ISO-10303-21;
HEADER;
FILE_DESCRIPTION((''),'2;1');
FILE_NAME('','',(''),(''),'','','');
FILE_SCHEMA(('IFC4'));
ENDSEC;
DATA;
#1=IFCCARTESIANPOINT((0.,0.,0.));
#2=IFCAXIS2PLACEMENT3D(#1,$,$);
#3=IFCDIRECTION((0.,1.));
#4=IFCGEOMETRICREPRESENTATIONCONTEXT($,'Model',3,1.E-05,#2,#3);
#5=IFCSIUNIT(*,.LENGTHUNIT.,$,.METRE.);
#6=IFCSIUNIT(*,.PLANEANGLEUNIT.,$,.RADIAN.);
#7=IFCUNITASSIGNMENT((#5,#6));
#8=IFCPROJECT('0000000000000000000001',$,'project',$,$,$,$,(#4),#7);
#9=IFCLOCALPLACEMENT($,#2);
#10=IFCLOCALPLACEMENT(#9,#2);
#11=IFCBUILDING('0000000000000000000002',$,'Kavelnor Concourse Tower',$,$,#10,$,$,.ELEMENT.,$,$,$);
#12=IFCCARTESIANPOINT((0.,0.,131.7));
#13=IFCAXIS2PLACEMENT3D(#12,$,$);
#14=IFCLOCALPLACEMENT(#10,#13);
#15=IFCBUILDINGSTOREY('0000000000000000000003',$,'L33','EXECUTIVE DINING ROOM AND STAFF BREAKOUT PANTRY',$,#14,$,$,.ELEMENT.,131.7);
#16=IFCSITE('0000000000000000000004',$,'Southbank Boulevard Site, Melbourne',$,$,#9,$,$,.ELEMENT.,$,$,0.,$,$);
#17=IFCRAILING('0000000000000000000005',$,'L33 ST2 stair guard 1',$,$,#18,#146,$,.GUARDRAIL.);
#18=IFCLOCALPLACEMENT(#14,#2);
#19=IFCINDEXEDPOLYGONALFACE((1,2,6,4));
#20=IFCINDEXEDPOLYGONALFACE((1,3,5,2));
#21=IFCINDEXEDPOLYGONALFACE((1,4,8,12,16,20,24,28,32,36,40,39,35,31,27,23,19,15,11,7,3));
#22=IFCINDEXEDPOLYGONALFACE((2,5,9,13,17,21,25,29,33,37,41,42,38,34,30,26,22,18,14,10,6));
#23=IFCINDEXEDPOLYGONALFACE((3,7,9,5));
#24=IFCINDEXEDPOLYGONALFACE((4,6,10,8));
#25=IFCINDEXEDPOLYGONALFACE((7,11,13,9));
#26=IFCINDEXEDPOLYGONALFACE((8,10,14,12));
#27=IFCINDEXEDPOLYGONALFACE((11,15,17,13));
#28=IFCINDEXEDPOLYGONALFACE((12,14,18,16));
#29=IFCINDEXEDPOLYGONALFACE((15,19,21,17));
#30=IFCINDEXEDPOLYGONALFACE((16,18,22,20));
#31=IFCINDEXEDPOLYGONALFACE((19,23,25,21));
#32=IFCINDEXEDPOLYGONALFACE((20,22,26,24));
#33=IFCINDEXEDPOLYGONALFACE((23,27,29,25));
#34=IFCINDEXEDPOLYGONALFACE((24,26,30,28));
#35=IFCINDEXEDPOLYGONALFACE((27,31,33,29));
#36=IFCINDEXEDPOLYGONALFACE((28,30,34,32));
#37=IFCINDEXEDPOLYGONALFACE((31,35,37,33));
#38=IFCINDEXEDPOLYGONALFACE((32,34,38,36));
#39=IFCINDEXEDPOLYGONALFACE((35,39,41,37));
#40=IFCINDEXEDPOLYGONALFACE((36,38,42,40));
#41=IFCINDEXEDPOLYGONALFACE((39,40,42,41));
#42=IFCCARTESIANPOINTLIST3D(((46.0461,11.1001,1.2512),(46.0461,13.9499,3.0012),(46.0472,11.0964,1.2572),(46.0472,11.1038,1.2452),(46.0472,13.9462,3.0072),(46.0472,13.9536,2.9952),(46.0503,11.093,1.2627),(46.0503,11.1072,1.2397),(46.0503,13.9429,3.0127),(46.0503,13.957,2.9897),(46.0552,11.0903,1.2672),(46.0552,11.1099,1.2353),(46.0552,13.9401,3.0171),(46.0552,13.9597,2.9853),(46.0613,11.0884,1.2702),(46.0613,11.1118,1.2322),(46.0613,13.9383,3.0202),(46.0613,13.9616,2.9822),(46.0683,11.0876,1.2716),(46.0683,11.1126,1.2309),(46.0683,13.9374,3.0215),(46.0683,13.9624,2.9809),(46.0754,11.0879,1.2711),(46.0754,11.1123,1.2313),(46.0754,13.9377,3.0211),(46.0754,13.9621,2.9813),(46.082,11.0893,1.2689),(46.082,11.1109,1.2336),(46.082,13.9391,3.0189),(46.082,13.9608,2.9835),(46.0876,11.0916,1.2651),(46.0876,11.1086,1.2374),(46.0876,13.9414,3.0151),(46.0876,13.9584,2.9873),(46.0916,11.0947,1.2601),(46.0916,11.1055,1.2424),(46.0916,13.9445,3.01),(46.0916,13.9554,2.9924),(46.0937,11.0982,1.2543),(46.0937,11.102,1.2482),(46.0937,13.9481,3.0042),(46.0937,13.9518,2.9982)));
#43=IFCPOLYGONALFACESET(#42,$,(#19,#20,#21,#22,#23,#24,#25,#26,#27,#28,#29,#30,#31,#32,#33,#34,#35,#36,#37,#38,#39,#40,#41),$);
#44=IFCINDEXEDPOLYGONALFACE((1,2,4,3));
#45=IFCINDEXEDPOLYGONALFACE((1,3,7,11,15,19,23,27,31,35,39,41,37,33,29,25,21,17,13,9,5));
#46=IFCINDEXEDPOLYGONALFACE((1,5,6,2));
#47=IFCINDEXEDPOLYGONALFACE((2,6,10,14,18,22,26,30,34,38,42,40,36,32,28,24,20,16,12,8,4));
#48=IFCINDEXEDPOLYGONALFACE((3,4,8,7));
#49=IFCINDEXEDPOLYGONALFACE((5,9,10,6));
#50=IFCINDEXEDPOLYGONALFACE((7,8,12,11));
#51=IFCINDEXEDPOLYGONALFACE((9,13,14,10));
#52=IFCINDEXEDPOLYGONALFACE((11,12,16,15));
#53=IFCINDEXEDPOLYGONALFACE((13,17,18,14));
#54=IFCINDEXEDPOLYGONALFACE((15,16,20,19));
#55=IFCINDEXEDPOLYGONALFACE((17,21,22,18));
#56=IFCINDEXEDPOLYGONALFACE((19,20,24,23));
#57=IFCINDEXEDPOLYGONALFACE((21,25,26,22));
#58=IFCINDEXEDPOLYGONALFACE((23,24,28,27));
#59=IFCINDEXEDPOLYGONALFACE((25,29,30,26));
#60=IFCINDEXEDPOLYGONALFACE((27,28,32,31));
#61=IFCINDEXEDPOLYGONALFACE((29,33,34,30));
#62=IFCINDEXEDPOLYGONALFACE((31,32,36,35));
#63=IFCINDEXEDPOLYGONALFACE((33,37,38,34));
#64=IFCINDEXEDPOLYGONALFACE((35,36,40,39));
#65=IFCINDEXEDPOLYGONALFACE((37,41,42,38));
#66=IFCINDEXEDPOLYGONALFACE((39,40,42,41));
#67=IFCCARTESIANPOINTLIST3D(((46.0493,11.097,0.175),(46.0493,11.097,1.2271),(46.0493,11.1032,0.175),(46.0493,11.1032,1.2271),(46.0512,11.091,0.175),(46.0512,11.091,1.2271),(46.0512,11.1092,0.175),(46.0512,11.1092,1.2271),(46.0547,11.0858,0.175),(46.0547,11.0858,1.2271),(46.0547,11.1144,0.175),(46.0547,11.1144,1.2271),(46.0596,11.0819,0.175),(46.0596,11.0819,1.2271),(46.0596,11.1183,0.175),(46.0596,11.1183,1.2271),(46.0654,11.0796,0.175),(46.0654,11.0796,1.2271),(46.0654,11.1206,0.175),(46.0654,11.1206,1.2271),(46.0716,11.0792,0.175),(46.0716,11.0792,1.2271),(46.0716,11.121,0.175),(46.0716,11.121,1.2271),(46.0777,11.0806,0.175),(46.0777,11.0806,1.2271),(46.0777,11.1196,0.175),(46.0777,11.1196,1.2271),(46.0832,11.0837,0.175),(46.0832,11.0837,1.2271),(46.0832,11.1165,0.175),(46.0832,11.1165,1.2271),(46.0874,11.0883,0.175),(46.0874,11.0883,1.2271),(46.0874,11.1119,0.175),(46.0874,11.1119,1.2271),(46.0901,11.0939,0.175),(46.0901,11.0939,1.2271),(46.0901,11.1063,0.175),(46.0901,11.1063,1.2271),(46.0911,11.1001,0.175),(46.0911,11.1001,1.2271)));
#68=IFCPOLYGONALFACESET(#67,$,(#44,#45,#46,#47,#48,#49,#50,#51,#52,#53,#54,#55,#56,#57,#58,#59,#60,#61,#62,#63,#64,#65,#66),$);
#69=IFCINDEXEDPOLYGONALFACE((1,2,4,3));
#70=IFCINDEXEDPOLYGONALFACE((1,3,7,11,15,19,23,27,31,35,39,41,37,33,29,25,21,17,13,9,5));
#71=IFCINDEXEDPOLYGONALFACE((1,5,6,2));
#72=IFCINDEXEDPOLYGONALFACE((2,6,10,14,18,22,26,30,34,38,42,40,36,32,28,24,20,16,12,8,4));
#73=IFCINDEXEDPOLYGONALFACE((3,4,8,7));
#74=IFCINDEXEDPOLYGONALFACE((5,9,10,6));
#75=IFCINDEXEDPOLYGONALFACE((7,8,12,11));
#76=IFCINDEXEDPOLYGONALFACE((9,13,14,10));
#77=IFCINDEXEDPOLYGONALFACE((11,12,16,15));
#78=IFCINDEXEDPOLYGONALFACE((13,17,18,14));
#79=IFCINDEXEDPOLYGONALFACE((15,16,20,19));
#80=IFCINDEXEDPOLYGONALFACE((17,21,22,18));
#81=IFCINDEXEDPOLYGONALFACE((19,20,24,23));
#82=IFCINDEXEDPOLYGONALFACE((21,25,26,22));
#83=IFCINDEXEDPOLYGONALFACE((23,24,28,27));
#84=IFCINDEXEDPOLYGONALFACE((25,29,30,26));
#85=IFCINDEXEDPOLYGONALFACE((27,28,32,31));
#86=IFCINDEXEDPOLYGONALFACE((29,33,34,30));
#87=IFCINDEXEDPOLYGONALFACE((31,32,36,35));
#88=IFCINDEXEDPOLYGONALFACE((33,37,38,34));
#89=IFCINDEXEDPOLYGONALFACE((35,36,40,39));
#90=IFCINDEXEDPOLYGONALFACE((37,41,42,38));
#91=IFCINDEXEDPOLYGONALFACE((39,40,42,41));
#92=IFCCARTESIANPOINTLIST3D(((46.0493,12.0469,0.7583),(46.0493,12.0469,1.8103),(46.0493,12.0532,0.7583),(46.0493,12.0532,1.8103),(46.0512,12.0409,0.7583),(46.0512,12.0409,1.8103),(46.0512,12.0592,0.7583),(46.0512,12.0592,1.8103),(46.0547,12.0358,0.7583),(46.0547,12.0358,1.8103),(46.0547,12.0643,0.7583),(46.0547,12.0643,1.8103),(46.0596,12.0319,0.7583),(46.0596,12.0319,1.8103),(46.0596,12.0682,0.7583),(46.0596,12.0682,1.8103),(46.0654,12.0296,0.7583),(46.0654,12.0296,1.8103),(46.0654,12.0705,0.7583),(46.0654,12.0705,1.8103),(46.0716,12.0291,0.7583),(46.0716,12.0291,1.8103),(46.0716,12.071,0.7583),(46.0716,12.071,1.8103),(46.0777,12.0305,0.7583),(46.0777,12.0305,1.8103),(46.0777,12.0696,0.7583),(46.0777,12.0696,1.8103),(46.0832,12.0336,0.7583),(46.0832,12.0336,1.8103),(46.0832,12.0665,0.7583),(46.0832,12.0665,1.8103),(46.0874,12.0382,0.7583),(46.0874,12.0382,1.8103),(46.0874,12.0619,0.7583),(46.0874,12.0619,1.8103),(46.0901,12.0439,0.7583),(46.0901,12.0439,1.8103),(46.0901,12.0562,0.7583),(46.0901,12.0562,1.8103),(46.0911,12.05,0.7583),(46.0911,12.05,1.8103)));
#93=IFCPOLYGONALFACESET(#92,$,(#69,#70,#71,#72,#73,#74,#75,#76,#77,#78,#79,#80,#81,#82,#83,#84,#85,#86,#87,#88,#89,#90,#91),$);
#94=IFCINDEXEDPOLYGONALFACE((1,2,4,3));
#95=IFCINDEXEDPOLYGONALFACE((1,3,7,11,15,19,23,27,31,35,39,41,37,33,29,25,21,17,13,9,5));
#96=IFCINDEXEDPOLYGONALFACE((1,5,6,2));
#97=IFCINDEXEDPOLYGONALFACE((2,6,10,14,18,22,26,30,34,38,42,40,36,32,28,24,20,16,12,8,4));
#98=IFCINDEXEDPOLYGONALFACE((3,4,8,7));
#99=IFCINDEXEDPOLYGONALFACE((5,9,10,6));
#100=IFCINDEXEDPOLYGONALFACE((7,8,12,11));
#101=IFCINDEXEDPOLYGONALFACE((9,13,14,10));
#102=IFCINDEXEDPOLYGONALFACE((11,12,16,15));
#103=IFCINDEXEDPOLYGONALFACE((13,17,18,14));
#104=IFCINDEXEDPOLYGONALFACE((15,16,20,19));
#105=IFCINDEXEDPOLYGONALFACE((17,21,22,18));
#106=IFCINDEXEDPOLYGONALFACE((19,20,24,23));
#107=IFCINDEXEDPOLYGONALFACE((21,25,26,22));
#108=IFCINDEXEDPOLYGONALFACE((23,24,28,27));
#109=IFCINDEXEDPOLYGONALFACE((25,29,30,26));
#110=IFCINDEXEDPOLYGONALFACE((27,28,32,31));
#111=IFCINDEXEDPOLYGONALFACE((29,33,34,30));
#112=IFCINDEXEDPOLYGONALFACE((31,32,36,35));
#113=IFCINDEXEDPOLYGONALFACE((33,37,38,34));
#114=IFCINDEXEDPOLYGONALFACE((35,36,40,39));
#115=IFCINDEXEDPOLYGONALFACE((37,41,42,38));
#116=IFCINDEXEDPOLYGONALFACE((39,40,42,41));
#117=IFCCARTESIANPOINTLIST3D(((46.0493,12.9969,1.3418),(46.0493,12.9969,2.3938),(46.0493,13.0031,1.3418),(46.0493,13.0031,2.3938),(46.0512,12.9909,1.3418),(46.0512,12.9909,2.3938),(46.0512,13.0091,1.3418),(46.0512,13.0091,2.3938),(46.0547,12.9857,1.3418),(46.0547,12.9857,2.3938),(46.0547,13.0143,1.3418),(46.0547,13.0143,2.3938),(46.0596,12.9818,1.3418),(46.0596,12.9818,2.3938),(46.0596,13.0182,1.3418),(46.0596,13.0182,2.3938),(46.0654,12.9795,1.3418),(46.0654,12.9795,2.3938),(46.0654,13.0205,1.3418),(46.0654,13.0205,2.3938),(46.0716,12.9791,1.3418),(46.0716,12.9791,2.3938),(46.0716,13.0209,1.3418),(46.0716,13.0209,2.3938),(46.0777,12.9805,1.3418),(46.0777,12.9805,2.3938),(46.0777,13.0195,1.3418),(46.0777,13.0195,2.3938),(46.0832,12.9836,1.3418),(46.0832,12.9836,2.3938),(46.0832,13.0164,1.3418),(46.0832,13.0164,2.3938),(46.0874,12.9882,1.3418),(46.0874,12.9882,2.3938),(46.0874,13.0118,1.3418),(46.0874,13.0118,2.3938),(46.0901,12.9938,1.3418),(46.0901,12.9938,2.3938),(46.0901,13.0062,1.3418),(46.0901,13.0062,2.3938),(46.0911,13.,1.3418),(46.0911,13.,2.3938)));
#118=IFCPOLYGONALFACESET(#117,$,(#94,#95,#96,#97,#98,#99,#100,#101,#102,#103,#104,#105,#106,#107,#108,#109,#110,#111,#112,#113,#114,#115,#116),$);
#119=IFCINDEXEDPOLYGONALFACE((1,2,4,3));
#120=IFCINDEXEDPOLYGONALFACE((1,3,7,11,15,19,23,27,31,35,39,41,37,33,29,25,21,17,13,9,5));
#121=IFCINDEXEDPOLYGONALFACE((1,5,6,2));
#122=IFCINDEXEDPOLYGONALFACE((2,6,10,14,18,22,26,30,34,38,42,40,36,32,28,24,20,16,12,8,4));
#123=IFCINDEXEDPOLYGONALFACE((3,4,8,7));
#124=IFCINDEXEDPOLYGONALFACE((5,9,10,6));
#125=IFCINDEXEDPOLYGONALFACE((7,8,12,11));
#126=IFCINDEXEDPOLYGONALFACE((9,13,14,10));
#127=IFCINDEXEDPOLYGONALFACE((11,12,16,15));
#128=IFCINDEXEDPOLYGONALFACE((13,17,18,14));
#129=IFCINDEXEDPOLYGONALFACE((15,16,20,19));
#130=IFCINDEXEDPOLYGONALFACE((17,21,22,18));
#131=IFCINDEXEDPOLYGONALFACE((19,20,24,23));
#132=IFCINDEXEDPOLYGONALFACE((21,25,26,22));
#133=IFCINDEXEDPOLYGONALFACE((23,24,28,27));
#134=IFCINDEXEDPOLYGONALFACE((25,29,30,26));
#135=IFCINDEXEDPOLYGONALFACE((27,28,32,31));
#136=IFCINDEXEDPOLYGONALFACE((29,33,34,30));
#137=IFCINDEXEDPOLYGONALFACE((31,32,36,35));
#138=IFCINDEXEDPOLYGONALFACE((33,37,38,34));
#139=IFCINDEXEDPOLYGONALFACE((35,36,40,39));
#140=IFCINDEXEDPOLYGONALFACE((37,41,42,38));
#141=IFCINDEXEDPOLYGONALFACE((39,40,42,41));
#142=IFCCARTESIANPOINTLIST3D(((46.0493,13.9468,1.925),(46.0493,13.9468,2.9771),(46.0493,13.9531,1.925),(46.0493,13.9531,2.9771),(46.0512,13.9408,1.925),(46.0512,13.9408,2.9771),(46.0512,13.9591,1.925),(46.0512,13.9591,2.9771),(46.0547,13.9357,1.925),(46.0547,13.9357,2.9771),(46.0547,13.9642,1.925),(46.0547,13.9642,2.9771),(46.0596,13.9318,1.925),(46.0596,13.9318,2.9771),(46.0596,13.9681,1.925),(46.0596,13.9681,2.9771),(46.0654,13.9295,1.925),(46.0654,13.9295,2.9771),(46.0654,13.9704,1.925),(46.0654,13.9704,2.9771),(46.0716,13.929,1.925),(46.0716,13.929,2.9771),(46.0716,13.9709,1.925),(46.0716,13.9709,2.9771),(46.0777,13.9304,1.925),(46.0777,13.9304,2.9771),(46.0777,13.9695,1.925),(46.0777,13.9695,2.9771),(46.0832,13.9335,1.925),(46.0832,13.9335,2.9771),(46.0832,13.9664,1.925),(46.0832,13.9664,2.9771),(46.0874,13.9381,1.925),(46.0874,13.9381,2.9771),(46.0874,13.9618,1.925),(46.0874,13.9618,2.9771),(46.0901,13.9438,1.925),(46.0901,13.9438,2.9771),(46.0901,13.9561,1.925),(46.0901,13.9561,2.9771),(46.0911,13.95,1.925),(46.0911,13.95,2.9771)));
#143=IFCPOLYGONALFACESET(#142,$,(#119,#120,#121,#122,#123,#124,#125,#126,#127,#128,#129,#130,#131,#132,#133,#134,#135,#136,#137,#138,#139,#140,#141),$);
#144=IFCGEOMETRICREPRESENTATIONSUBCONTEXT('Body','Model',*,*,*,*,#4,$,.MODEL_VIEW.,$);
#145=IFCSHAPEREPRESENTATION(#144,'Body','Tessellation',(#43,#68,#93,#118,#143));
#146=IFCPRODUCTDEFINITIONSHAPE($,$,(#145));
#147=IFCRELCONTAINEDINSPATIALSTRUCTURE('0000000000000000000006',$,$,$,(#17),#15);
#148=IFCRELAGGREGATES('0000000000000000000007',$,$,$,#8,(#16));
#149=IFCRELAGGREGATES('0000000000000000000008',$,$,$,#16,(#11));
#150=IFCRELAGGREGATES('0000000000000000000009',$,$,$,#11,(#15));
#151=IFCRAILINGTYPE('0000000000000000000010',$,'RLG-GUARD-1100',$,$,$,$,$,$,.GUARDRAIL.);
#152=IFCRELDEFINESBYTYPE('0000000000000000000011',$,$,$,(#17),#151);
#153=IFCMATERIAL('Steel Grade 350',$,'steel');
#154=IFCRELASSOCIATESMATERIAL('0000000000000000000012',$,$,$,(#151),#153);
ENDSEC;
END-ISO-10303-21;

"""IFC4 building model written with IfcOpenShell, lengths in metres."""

from ifc_helpers import new_model, si_unit, direction, frame, origin, origin_2d, place, context, subcontext, project, spatial, circle, extrude, material, type_object, element, save


model = new_model("IFC4")

# Units and contexts
model_context = context("Model", 3, precision=1e-05, world=origin(), true_north=direction((0.0, 1.0)))
body_context = subcontext(model_context, "Body", "Model", "MODEL_VIEW")
ifc_project = project(units=[si_unit("LENGTHUNIT", "METRE"), si_unit("PLANEANGLEUNIT", "RADIAN")], contexts=[model_context])

# Site, building, storey
site_placement = place(None, origin())
site = spatial("IfcSite", under=ifc_project, at=site_placement, Name="Southbank Boulevard Site, Melbourne", CompositionType="ELEMENT", RefElevation=0.0)
building_placement = place(site_placement, origin())
building = spatial("IfcBuilding", under=site, at=building_placement, Name="Kavelnor Concourse Tower", CompositionType="ELEMENT")
storey_placement = place(building_placement, frame((0.0, 0.0, 131.7)))
storey = spatial("IfcBuildingStorey", under=building, at=storey_placement, Name="L33", Description="EXECUTIVE DINING ROOM AND STAFF BREAKOUT PANTRY", CompositionType="ELEMENT", Elevation=131.7)

# Shared definitions
ifc_material_1 = material(Name="Steel Grade 350", Category="steel")

# Railing
railing_type_1 = type_object("IfcRailingType", Name="RLG-GUARD-1100", PredefinedType="GUARDRAIL", material=ifc_material_1)
railing_1_placement = place(storey_placement, frame((46.0701, 11.1001, 0.175)))
element("IfcRailing", 1, at=railing_1_placement, inside=storey, type_object=railing_type_1, Name="L33 ST2 stair guard 1", PredefinedType="GUARDRAIL", context=body_context, shape_type="SweptSolid", body=[
    extrude(circle(Radius=0.0239, at=origin_2d()), frame((0.0, 0.0, 1.0762), z_axis=(0.0, 0.852159, 0.523283), x_axis=(-1.0, 0.0, 0.0)), (0.0, 0.0, 1.0), 3.3442),
    extrude(circle(Radius=0.021, at=origin_2d()), origin(), (0.0, 0.0, 1.0), 1.052),
    extrude(circle(Radius=0.021, at=origin_2d()), frame((0.0, 0.95, 0.5833)), (0.0, 0.0, 1.0), 1.052),
    extrude(circle(Radius=0.021, at=origin_2d()), frame((0.0, 1.8999, 1.1667)), (0.0, 0.0, 1.0), 1.052),
    extrude(circle(Radius=0.021, at=origin_2d()), frame((0.0, 2.8499, 1.75)), (0.0, 0.0, 1.0), 1.052),
])

save(model, "model.ifc")
